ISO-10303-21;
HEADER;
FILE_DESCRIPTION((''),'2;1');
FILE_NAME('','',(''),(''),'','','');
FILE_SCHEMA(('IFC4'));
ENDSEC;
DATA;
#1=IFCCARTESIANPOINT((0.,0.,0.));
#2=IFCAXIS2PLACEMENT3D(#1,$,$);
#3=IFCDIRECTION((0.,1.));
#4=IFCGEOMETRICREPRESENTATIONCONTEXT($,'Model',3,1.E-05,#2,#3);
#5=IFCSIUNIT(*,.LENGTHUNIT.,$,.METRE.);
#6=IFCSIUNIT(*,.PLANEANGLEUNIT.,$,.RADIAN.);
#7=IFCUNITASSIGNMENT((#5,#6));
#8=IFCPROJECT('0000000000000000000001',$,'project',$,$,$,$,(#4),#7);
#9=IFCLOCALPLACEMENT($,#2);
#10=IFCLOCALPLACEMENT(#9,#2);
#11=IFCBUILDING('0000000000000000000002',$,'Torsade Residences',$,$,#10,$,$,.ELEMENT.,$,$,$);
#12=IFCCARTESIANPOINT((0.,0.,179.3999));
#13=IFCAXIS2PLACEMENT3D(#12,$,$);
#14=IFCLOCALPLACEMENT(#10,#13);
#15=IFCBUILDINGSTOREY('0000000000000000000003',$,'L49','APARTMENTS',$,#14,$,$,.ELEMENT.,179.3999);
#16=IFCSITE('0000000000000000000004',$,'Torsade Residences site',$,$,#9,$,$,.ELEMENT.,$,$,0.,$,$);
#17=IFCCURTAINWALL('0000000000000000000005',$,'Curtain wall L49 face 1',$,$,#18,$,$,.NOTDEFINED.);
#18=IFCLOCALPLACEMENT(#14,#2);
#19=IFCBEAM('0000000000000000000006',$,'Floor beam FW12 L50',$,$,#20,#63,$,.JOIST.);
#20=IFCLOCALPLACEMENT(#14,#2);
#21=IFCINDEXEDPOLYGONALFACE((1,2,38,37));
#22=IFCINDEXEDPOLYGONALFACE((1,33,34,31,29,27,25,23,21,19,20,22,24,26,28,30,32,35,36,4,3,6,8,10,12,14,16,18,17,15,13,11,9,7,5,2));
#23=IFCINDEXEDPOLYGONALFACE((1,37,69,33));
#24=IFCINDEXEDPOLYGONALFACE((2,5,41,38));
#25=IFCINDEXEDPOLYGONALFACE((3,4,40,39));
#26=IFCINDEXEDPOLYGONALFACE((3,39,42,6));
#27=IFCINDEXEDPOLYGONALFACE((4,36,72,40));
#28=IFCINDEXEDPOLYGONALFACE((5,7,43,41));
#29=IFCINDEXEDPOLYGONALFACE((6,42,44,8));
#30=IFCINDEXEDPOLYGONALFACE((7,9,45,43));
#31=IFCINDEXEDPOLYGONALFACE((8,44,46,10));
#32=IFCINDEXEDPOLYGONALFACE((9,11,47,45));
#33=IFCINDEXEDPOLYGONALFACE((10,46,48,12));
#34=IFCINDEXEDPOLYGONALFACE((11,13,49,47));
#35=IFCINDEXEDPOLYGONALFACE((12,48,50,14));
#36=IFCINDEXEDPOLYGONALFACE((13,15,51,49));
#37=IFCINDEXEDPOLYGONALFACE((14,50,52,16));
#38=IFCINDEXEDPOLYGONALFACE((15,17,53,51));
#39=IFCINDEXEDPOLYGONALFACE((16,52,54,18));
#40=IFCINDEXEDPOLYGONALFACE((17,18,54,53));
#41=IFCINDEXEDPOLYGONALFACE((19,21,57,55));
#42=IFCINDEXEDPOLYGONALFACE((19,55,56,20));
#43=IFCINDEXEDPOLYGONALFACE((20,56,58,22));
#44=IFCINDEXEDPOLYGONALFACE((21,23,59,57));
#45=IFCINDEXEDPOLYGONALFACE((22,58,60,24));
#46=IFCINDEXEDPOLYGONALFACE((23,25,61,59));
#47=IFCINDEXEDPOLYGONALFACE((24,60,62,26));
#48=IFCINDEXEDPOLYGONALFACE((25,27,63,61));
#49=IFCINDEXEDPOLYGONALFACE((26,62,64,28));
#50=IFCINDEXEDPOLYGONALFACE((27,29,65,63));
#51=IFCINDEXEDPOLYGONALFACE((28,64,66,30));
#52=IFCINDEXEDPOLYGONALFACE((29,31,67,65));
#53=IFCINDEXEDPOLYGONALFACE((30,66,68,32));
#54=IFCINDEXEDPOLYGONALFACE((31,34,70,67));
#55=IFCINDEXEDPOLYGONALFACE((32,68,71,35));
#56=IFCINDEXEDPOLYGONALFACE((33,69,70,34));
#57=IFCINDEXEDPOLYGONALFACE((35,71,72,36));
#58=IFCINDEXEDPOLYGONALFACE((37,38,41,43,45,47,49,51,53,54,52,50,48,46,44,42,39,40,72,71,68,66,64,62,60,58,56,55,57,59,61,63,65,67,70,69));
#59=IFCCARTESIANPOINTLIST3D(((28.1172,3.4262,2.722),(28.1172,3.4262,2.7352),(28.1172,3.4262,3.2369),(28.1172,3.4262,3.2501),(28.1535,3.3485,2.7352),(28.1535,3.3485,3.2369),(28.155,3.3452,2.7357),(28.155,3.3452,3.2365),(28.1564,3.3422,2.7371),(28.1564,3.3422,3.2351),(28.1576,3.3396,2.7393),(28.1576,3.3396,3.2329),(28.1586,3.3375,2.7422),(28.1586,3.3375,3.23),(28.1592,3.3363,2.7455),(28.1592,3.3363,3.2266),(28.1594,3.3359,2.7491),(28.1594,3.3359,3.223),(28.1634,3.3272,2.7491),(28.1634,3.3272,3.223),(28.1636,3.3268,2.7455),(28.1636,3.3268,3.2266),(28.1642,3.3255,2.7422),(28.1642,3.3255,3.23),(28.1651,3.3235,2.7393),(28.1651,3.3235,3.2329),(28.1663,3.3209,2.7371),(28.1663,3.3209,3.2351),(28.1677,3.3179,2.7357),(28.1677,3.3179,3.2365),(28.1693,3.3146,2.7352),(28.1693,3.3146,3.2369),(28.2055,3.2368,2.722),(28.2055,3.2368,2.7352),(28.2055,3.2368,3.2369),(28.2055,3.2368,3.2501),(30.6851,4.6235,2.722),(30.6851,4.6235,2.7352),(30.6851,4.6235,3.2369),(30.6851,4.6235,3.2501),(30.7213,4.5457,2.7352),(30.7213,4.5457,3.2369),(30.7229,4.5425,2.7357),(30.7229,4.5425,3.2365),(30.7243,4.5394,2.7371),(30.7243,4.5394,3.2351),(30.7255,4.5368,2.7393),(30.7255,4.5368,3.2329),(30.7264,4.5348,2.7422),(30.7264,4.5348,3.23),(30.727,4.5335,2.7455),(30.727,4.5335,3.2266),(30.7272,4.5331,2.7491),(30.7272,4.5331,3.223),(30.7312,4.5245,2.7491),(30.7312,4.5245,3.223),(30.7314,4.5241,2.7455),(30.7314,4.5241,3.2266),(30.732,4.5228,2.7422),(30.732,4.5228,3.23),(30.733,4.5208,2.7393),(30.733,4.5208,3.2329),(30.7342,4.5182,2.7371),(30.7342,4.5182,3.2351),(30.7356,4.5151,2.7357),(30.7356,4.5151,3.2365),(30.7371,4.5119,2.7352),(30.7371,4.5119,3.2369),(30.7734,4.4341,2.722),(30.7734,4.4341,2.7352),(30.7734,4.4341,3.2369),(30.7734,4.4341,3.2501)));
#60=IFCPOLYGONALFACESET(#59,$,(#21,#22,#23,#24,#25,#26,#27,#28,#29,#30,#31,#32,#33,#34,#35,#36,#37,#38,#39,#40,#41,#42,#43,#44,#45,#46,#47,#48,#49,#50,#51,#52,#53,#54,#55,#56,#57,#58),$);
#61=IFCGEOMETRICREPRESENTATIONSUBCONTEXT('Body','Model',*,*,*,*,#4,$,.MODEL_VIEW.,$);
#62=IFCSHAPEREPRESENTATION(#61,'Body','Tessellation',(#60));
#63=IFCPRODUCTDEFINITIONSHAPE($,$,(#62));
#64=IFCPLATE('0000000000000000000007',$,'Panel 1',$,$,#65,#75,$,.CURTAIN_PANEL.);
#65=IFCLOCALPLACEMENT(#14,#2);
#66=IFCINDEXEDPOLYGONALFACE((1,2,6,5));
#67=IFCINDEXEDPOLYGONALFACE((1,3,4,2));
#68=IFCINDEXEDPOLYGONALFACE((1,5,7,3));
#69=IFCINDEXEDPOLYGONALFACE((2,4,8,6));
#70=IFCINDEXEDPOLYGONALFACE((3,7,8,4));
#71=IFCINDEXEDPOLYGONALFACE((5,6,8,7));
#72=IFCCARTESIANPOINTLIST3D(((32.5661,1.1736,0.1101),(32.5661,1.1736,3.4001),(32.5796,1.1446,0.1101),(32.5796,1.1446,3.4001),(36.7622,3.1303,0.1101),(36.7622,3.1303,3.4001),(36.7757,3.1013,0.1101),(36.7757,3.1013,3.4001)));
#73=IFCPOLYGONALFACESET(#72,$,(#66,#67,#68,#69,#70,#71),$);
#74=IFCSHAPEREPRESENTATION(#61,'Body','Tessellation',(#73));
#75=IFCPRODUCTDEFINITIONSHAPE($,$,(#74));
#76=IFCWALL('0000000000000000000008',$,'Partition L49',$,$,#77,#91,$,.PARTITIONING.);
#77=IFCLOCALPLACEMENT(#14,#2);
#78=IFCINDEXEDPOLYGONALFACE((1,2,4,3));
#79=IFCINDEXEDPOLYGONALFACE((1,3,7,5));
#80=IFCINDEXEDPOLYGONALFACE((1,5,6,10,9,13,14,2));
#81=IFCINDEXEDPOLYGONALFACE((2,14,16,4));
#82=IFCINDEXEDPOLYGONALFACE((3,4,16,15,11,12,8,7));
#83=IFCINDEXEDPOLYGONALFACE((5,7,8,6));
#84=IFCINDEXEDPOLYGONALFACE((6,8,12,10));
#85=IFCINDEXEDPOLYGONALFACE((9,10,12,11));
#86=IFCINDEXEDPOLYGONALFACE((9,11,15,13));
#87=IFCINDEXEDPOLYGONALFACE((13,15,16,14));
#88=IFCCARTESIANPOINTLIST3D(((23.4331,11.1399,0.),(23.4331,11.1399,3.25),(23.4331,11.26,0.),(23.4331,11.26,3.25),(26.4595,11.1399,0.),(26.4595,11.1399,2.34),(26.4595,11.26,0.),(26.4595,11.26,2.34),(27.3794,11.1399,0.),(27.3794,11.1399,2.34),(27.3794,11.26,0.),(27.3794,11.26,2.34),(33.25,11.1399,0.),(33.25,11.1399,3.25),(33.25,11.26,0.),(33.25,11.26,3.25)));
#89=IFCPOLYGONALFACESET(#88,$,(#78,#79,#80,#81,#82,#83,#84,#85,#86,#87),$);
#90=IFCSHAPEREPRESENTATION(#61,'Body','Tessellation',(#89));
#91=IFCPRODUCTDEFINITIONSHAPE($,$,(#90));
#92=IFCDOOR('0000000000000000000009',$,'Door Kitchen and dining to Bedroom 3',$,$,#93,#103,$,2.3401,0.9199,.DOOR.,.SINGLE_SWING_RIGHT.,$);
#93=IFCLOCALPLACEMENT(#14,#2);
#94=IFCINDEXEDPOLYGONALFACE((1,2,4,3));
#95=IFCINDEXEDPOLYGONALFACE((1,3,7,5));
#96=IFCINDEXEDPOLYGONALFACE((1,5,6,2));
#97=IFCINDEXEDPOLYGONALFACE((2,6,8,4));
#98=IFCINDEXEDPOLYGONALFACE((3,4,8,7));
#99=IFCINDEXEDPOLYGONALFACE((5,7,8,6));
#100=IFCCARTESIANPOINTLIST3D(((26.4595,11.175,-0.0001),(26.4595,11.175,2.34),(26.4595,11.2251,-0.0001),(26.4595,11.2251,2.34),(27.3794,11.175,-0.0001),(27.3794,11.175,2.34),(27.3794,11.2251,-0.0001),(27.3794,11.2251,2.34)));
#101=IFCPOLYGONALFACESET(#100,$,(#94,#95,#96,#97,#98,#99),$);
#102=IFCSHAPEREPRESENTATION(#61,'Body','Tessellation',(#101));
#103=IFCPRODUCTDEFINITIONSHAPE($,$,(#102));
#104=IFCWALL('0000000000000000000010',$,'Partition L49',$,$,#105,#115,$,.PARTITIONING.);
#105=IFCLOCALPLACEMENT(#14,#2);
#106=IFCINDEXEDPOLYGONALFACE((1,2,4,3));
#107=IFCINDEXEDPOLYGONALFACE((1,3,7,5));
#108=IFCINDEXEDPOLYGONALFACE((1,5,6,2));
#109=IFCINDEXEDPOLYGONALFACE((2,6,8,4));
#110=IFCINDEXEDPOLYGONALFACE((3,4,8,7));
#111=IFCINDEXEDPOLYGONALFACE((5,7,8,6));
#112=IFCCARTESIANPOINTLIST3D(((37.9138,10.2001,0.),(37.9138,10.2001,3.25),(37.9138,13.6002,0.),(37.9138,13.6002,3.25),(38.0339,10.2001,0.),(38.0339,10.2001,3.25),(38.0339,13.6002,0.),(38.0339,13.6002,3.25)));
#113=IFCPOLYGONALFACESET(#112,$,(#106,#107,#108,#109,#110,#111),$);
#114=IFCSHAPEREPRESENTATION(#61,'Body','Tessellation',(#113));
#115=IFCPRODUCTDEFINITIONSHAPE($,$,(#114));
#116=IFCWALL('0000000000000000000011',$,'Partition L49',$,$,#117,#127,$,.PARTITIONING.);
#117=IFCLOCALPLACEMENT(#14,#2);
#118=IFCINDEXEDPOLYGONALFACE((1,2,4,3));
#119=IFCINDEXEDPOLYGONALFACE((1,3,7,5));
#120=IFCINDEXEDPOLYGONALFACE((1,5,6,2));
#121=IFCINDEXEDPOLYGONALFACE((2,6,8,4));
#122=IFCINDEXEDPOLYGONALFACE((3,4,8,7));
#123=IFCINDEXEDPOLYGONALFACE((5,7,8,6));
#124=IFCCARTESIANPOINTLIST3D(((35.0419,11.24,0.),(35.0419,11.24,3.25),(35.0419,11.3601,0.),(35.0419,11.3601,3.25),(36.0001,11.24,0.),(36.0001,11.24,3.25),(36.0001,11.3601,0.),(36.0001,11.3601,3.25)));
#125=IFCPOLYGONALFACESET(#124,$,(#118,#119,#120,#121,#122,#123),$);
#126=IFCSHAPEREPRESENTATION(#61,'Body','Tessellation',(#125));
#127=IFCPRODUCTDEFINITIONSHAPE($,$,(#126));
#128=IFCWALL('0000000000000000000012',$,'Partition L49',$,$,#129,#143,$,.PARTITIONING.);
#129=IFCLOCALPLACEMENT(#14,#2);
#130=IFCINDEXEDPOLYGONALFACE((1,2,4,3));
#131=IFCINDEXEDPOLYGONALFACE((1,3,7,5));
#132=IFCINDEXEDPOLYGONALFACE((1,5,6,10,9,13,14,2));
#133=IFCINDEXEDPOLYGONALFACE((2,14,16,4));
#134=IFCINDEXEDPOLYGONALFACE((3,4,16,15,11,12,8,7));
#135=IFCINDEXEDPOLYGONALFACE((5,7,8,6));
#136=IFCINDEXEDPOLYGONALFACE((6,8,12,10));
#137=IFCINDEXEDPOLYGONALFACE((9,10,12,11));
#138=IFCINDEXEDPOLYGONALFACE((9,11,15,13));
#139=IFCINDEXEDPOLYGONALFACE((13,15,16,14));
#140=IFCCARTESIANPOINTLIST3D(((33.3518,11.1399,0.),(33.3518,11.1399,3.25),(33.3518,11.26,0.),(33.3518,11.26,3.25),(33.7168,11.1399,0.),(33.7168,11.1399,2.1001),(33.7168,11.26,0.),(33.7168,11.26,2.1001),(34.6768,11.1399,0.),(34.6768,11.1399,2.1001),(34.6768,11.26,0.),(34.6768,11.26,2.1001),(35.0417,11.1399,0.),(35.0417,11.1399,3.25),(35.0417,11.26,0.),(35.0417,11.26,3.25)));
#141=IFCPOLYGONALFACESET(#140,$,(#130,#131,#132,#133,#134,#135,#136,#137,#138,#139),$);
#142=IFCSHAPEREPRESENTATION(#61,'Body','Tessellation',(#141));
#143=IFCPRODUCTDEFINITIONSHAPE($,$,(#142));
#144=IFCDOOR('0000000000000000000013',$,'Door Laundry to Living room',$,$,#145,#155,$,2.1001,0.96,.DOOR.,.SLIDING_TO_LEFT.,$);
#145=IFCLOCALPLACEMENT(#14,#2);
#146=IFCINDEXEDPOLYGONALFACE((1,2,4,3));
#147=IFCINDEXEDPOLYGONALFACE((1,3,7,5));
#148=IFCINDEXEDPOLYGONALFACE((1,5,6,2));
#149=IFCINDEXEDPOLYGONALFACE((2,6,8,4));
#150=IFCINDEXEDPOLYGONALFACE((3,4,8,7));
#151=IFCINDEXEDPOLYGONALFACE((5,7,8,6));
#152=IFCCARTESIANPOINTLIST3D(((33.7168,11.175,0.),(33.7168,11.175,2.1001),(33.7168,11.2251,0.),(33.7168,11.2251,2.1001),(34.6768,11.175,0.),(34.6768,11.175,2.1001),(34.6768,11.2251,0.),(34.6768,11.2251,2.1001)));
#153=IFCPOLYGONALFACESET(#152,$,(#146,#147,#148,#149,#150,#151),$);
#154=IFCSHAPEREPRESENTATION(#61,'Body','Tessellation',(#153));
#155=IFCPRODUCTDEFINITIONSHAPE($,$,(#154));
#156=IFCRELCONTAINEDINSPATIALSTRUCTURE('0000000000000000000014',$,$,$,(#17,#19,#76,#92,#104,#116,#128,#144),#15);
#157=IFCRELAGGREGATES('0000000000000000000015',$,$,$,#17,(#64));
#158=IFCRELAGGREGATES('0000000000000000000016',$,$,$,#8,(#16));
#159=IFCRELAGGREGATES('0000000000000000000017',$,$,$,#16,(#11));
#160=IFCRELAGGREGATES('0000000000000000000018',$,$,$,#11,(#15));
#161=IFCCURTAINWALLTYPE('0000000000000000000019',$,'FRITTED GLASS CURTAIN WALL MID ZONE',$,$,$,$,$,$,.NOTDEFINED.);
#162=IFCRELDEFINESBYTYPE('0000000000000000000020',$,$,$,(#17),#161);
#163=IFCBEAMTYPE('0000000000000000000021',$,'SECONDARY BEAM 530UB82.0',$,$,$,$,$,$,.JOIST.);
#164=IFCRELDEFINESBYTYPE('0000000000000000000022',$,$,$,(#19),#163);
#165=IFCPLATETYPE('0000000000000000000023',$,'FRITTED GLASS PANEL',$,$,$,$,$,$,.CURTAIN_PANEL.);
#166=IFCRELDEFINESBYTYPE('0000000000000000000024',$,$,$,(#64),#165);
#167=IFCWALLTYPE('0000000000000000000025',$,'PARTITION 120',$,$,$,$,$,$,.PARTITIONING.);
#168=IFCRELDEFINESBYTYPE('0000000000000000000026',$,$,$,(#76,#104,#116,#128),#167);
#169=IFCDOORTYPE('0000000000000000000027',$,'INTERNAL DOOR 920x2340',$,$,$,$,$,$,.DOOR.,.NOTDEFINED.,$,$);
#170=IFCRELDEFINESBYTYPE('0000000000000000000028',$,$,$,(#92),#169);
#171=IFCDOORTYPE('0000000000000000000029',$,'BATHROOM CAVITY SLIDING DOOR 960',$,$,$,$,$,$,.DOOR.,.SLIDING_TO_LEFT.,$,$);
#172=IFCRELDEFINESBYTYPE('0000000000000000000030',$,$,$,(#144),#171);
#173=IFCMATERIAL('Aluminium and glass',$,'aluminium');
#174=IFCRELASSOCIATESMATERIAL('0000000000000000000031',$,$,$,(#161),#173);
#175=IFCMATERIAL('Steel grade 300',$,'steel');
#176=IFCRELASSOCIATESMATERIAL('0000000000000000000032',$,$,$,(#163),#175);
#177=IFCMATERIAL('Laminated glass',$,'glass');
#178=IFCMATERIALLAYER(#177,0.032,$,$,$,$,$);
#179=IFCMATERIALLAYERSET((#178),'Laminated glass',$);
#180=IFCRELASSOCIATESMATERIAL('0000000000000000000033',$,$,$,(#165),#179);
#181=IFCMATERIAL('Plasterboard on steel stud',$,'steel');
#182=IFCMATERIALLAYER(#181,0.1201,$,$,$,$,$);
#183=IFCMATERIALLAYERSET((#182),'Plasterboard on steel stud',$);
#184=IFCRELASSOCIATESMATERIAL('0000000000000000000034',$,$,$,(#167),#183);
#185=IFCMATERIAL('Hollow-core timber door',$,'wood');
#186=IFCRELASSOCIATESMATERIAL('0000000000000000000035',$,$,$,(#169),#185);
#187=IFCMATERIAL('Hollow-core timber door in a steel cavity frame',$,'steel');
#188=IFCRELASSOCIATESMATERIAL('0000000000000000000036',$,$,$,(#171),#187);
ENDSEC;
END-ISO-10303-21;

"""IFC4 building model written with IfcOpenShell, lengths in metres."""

from ifc_helpers import new_model, si_unit, direction, frame, frame_2d, origin, origin_2d, place, context, subcontext, project, spatial, rectangle, i_section, extrude, material, layer, layer_set, material_profile, profile_set, type_object, element, fill, aggregate, save


model = new_model("IFC4")

# Units and contexts
model_context = context("Model", 3, precision=1e-05, world=origin(), true_north=direction((0.0, 1.0)))
body_context = subcontext(model_context, "Body", "Model", "MODEL_VIEW")
ifc_project = project(units=[si_unit("LENGTHUNIT", "METRE"), si_unit("PLANEANGLEUNIT", "RADIAN")], contexts=[model_context])

# Site, building, storey
site_placement = place(None, origin())
site = spatial("IfcSite", under=ifc_project, at=site_placement, Name="Torsade Residences site", CompositionType="ELEMENT", RefElevation=0.0)
building_placement = place(site_placement, origin())
building = spatial("IfcBuilding", under=site, at=building_placement, Name="Torsade Residences", CompositionType="ELEMENT")
storey_placement = place(building_placement, frame((0.0, 0.0, 179.3999)))
storey = spatial("IfcBuildingStorey", under=building, at=storey_placement, Name="L49", Description="APARTMENTS", CompositionType="ELEMENT", Elevation=179.3999)

# Curtain wall
ifc_material_1 = material(Name="Aluminium and glass", Category="aluminium")
curtain_wall_type = type_object("IfcCurtainWallType", Name="FRITTED GLASS CURTAIN WALL MID ZONE", PredefinedType="NOTDEFINED", material=ifc_material_1)
curtain_wall_placement = place(storey_placement, origin())
curtain_wall = element("IfcCurtainWall", 1, at=curtain_wall_placement, inside=storey, type_object=curtain_wall_type, Name="Curtain wall L49 face 1", PredefinedType="NOTDEFINED")

# Beam
ifc_material_2 = material(Name="Steel grade 300", Category="steel")
ifc_material_profile_1 = material_profile(ifc_material_2, i_section(OverallWidth=0.209, OverallDepth=0.5281, WebThickness=0.0095, FlangeThickness=0.0132, FilletRadius=0.0139, at=origin_2d()), Name="530UB82.0")
ifc_profile_set_1 = profile_set([ifc_material_profile_1], Name="Steel grade 300")
beam_type_1 = type_object("IfcBeamType", Name="SECONDARY BEAM 530UB82.0", PredefinedType="JOIST", material=ifc_profile_set_1)
beam_1_placement = place(storey_placement, frame((28.1614, 3.3315, 2.9861), z_axis=(0.906328, 0.422574, 0.0), x_axis=(-0.422574, 0.906328, 0.0)))
element("IfcBeam", 2, at=beam_1_placement, inside=storey, type_object=beam_type_1, Name="Floor beam FW12 L50", PredefinedType="JOIST", context=body_context, shape_type="SweptSolid", body=[
    extrude(i_section(OverallWidth=0.209, OverallDepth=0.5281, WebThickness=0.0095, FlangeThickness=0.0132, FilletRadius=0.0139, at=origin_2d()), origin(), (0.0, 0.0, 1.0), 2.8333),
])

# Plate
ifc_material_3 = material(Name="Laminated glass", Category="glass")
ifc_layer_1 = layer(ifc_material_3, 0.032)
ifc_layer_set_1 = layer_set([ifc_layer_1], Name="Laminated glass")
plate_type = type_object("IfcPlateType", Name="FRITTED GLASS PANEL", PredefinedType="CURTAIN_PANEL", material=ifc_layer_set_1)
plate_placement = place(storey_placement, frame((34.6709, 2.1375, 0.1101), z_axis=(0.0, 0.0, 1.0), x_axis=(0.906308, 0.422618, 0.0)))
plate = element("IfcPlate", 3, at=plate_placement, type_object=plate_type, Name="Panel 1", PredefinedType="CURTAIN_PANEL", context=body_context, shape_type="SweptSolid", body=[
    extrude(rectangle(XDim=4.6299, YDim=0.032, at=origin_2d()), origin(), (0.0, 0.0, 1.0), 3.29),
])
aggregate(curtain_wall, [plate])

# Wall, opening, door
ifc_material_4 = material(Name="Plasterboard on steel stud", Category="steel")
ifc_layer_2 = layer(ifc_material_4, 0.1201)
ifc_layer_set_2 = layer_set([ifc_layer_2], Name="Plasterboard on steel stud")
wall_type_1 = type_object("IfcWallType", Name="PARTITION 120", PredefinedType="PARTITIONING", material=ifc_layer_set_2)
wall_1_placement = place(storey_placement, frame((33.25, 11.2, 0.0), z_axis=(0.0, 0.0, 1.0), x_axis=(-1.0, 0.0, 0.0)))
wall_1 = element("IfcWall", 4, at=wall_1_placement, inside=storey, type_object=wall_type_1, Name="Partition L49", PredefinedType="PARTITIONING", context=body_context, shape_type="SweptSolid", body=[
    extrude(rectangle(XDim=9.8169, YDim=0.1201, at=frame_2d((4.9084, 0.0))), origin(), (0.0, 0.0, 1.0), 3.25),
])
opening_1_placement = place(wall_1_placement, frame((5.8706, 0.0, 0.0)))
opening_1 = element("IfcOpeningElement", 5, at=opening_1_placement, cuts=wall_1, PredefinedType="OPENING", context=body_context, shape_type="SweptSolid", body=[
    extrude(rectangle(XDim=0.9199, YDim=2.3401, at=frame_2d((0.46, 1.1699))), frame((0.0, 0.0701, 0.0), z_axis=(0.0, -1.0, 0.0), x_axis=(1.0, 0.0, 0.0)), (0.0, 0.0, 1.0), 0.1401),
])
ifc_material_5 = material(Name="Hollow-core timber door", Category="wood")
door_type_1 = type_object("IfcDoorType", Name="INTERNAL DOOR 920x2340", OperationType="NOTDEFINED", PredefinedType="DOOR", material=ifc_material_5)
door_1_placement = place(opening_1_placement, origin())
door_1 = element("IfcDoor", 6, at=door_1_placement, inside=storey, type_object=door_type_1, Name="Door Kitchen and dining to Bedroom 3", OperationType="SINGLE_SWING_RIGHT", OverallHeight=2.3401, OverallWidth=0.9199, PredefinedType="DOOR", context=body_context, shape_type="SweptSolid", body=[
    extrude(rectangle(XDim=0.9199, YDim=2.3401, at=frame_2d((0.46, 1.1699))), frame((0.0, 0.0249, 0.0), z_axis=(0.0, -1.0, 0.0), x_axis=(1.0, 0.0, 0.0)), (0.0, 0.0, 1.0), 0.05),
])
fill(opening_1, door_1)

# Walls
wall_2_placement = place(storey_placement, frame((37.9739, 10.2, 0.0), z_axis=(0.0, 0.0, 1.0), x_axis=(0.0, 1.0, 0.0)))
element("IfcWall", 7, at=wall_2_placement, inside=storey, type_object=wall_type_1, Name="Partition L49", PredefinedType="PARTITIONING", context=body_context, shape_type="SweptSolid", body=[
    extrude(rectangle(XDim=3.4001, YDim=0.1201, at=frame_2d((1.7002, 0.0))), origin(), (0.0, 0.0, 1.0), 3.25),
])
wall_3_placement = place(storey_placement, frame((36.0, 11.3, 0.0), z_axis=(0.0, 0.0, 1.0), x_axis=(-1.0, 0.0, 0.0)))
element("IfcWall", 8, at=wall_3_placement, inside=storey, type_object=wall_type_1, Name="Partition L49", PredefinedType="PARTITIONING", context=body_context, shape_type="SweptSolid", body=[
    extrude(rectangle(XDim=0.9583, YDim=0.1201, at=frame_2d((0.479, 0.0))), origin(), (0.0, 0.0, 1.0), 3.25),
])

# Wall, opening, door
wall_4_placement = place(storey_placement, frame((35.0417, 11.2, 0.0), z_axis=(0.0, 0.0, 1.0), x_axis=(-1.0, 0.0, 0.0)))
wall_4 = element("IfcWall", 9, at=wall_4_placement, inside=storey, type_object=wall_type_1, Name="Partition L49", PredefinedType="PARTITIONING", context=body_context, shape_type="SweptSolid", body=[
    extrude(rectangle(XDim=1.6899, YDim=0.1201, at=frame_2d((0.845, 0.0))), origin(), (0.0, 0.0, 1.0), 3.25),
])
opening_2_placement = place(wall_4_placement, frame((0.365, 0.0, 0.0)))
opening_2 = element("IfcOpeningElement", 10, at=opening_2_placement, cuts=wall_4, PredefinedType="OPENING", context=body_context, shape_type="SweptSolid", body=[
    extrude(rectangle(XDim=0.96, YDim=2.1001, at=frame_2d((0.48, 1.05))), frame((0.0, 0.0701, 0.0), z_axis=(0.0, -1.0, 0.0), x_axis=(1.0, 0.0, 0.0)), (0.0, 0.0, 1.0), 0.1401),
])
ifc_material_6 = material(Name="Hollow-core timber door in a steel cavity frame", Category="steel")
door_type_2 = type_object("IfcDoorType", Name="BATHROOM CAVITY SLIDING DOOR 960", OperationType="SLIDING_TO_LEFT", PredefinedType="DOOR", material=ifc_material_6)
door_2_placement = place(opening_2_placement, origin())
door_2 = element("IfcDoor", 11, at=door_2_placement, inside=storey, type_object=door_type_2, Name="Door Laundry to Living room", OperationType="SLIDING_TO_LEFT", OverallHeight=2.1001, OverallWidth=0.96, PredefinedType="DOOR", context=body_context, shape_type="SweptSolid", body=[
    extrude(rectangle(XDim=0.96, YDim=2.1001, at=frame_2d((0.48, 1.05))), frame((0.0, 0.0249, 0.0), z_axis=(0.0, -1.0, 0.0), x_axis=(1.0, 0.0, 0.0)), (0.0, 0.0, 1.0), 0.05),
])
fill(opening_2, door_2)

save(model, "model.ifc")
